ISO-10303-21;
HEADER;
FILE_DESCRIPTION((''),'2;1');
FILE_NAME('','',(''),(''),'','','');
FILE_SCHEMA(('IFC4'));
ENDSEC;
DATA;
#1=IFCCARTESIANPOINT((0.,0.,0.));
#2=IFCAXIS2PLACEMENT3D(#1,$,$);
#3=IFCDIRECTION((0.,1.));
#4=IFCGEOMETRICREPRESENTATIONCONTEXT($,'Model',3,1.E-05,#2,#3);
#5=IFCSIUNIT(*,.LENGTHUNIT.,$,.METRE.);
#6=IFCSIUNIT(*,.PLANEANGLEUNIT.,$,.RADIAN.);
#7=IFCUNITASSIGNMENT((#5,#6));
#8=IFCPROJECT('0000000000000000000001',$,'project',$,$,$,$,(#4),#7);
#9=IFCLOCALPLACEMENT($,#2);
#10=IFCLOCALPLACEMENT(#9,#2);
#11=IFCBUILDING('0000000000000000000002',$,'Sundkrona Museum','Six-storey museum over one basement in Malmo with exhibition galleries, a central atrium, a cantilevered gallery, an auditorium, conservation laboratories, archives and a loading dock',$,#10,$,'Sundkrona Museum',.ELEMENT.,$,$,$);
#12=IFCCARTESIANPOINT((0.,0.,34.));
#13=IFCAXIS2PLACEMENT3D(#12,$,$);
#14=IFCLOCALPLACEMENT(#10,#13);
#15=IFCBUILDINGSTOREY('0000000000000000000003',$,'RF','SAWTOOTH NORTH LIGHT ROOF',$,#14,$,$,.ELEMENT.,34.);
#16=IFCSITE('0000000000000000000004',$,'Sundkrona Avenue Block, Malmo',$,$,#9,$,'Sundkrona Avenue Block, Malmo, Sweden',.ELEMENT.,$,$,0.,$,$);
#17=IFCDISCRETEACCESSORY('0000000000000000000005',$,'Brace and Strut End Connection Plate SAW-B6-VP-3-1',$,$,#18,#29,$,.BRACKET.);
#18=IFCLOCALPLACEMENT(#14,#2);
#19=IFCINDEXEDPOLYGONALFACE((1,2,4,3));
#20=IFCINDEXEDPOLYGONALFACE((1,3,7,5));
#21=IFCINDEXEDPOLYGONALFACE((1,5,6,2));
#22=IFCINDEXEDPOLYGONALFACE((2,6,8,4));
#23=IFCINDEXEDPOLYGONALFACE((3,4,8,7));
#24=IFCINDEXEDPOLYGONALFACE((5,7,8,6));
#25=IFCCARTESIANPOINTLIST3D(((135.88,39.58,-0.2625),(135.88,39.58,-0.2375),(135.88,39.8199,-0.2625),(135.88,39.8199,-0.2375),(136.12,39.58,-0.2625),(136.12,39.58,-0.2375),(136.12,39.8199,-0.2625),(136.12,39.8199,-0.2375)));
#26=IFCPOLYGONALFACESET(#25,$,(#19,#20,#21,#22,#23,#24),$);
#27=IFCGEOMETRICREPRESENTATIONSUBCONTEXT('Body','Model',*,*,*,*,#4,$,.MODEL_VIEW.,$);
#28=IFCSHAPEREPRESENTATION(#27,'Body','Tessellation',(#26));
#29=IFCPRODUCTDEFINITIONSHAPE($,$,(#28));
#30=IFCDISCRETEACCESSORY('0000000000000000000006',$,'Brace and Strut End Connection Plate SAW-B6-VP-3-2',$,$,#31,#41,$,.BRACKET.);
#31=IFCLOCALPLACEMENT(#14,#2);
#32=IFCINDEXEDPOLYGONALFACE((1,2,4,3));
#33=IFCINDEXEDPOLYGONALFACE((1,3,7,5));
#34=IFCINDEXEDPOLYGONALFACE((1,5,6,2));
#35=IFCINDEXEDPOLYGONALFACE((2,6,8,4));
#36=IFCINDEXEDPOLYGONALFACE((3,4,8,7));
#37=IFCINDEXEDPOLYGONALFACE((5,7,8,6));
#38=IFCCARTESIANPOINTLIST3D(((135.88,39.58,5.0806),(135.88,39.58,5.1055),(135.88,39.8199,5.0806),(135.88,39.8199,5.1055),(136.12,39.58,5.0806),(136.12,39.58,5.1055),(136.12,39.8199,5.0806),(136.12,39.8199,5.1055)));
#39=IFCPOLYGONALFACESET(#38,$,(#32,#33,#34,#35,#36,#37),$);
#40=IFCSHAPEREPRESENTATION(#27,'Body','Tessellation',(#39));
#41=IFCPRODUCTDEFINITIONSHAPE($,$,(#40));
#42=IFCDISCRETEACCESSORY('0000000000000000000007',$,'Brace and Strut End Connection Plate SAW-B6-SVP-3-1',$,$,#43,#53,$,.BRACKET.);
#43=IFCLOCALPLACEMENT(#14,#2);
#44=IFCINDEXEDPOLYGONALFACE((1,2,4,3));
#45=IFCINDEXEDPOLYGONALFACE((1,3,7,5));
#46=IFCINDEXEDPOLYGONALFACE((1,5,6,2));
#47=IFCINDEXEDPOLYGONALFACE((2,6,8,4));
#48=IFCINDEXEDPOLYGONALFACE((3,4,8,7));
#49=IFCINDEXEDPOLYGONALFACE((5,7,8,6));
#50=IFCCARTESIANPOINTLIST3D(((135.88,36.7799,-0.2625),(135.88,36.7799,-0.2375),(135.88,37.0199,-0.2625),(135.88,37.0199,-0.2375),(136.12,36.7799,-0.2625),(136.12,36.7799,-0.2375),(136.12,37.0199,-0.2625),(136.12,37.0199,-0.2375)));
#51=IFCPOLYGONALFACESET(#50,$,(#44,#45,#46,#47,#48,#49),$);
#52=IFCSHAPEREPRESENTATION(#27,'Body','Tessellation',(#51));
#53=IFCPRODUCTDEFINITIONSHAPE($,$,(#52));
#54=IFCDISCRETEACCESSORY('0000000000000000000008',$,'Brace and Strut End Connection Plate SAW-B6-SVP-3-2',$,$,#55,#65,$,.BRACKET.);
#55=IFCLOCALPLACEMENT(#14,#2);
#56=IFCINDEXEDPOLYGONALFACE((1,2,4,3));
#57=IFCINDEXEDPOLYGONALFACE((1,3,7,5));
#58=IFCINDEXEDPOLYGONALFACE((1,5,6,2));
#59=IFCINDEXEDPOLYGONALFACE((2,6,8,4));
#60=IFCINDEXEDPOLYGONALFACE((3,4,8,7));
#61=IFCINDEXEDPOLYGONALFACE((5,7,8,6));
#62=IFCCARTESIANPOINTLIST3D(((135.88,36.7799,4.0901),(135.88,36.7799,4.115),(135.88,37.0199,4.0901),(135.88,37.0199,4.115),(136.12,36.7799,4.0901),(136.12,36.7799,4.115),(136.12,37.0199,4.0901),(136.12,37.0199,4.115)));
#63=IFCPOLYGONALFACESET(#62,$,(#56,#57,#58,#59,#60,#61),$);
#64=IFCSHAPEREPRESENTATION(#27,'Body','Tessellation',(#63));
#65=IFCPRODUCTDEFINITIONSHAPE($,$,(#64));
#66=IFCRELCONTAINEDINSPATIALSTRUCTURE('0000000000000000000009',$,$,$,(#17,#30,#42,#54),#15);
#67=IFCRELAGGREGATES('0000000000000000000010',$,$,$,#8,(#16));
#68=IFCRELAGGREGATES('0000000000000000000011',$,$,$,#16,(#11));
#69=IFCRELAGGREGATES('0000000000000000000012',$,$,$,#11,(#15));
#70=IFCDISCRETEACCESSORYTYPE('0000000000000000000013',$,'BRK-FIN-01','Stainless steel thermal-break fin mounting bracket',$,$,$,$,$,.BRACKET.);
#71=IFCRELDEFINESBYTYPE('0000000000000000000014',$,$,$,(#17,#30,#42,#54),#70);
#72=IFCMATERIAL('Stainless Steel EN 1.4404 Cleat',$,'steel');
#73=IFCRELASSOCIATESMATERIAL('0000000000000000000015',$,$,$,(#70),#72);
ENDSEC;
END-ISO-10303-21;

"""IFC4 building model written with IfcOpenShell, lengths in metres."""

from ifc_helpers import new_model, si_unit, direction, frame, origin, origin_2d, place, context, subcontext, project, spatial, rectangle, extrude, material, type_object, element, save


model = new_model("IFC4")

# Units and contexts
model_context = context("Model", 3, precision=1e-05, world=origin(), true_north=direction((0.0, 1.0)))
body_context = subcontext(model_context, "Body", "Model", "MODEL_VIEW")
ifc_project = project(units=[si_unit("LENGTHUNIT", "METRE"), si_unit("PLANEANGLEUNIT", "RADIAN")], contexts=[model_context])

# Site, building, storey
site_placement = place(None, origin())
site = spatial("IfcSite", under=ifc_project, at=site_placement, Name="Sundkrona Avenue Block, Malmo", LongName="Sundkrona Avenue Block, Malmo, Sweden", CompositionType="ELEMENT", RefElevation=0.0)
building_placement = place(site_placement, origin())
building = spatial("IfcBuilding", under=site, at=building_placement, Name="Sundkrona Museum", Description="Six-storey museum over one basement in Malmo with exhibition galleries, a central atrium, a cantilevered gallery, an auditorium, conservation laboratories, archives and a loading dock", LongName="Sundkrona Museum", CompositionType="ELEMENT")
storey_placement = place(building_placement, frame((0.0, 0.0, 34.0)))
storey = spatial("IfcBuildingStorey", under=building, at=storey_placement, Name="RF", Description="SAWTOOTH NORTH LIGHT ROOF", CompositionType="ELEMENT", Elevation=34.0)

# Discrete accessories
ifc_material_1 = material(Name="Stainless Steel EN 1.4404 Cleat", Category="steel")
discrete_accessory_type = type_object("IfcDiscreteAccessoryType", Name="BRK-FIN-01", Description="Stainless steel thermal-break fin mounting bracket", PredefinedType="BRACKET", material=ifc_material_1)
for number, where, z_axis, x_axis, name in (
    (1, (136.0, 39.7, -0.2625), (0.0, 0.0, 1.0), (1.0, 0.0, 0.0), "Brace and Strut End Connection Plate SAW-B6-VP-3-1"),
    (2, (136.0, 39.7, 5.0806), (0.0, 0.0, 1.0), (1.0, 0.0, 0.0), "Brace and Strut End Connection Plate SAW-B6-VP-3-2"),
    (3, (136.0, 36.8999, -0.2625), (0.0, 0.0, 1.0), (1.0, 0.0, 0.0), "Brace and Strut End Connection Plate SAW-B6-SVP-3-1"),
    (4, (136.0, 36.8999, 4.0901), (0.0, 0.0, 1.0), (1.0, 0.0, 0.0), "Brace and Strut End Connection Plate SAW-B6-SVP-3-2"),
):
    element("IfcDiscreteAccessory", number, at=place(storey_placement, frame(where, z_axis=z_axis, x_axis=x_axis)), inside=storey, type_object=discrete_accessory_type, Name=name, PredefinedType="BRACKET", context=body_context, shape_type="SweptSolid", body=[
        extrude(rectangle(XDim=0.24, YDim=0.24, at=origin_2d()), origin(), (0.0, 0.0, 1.0), 0.0249),
    ])

save(model, "model.ifc")
